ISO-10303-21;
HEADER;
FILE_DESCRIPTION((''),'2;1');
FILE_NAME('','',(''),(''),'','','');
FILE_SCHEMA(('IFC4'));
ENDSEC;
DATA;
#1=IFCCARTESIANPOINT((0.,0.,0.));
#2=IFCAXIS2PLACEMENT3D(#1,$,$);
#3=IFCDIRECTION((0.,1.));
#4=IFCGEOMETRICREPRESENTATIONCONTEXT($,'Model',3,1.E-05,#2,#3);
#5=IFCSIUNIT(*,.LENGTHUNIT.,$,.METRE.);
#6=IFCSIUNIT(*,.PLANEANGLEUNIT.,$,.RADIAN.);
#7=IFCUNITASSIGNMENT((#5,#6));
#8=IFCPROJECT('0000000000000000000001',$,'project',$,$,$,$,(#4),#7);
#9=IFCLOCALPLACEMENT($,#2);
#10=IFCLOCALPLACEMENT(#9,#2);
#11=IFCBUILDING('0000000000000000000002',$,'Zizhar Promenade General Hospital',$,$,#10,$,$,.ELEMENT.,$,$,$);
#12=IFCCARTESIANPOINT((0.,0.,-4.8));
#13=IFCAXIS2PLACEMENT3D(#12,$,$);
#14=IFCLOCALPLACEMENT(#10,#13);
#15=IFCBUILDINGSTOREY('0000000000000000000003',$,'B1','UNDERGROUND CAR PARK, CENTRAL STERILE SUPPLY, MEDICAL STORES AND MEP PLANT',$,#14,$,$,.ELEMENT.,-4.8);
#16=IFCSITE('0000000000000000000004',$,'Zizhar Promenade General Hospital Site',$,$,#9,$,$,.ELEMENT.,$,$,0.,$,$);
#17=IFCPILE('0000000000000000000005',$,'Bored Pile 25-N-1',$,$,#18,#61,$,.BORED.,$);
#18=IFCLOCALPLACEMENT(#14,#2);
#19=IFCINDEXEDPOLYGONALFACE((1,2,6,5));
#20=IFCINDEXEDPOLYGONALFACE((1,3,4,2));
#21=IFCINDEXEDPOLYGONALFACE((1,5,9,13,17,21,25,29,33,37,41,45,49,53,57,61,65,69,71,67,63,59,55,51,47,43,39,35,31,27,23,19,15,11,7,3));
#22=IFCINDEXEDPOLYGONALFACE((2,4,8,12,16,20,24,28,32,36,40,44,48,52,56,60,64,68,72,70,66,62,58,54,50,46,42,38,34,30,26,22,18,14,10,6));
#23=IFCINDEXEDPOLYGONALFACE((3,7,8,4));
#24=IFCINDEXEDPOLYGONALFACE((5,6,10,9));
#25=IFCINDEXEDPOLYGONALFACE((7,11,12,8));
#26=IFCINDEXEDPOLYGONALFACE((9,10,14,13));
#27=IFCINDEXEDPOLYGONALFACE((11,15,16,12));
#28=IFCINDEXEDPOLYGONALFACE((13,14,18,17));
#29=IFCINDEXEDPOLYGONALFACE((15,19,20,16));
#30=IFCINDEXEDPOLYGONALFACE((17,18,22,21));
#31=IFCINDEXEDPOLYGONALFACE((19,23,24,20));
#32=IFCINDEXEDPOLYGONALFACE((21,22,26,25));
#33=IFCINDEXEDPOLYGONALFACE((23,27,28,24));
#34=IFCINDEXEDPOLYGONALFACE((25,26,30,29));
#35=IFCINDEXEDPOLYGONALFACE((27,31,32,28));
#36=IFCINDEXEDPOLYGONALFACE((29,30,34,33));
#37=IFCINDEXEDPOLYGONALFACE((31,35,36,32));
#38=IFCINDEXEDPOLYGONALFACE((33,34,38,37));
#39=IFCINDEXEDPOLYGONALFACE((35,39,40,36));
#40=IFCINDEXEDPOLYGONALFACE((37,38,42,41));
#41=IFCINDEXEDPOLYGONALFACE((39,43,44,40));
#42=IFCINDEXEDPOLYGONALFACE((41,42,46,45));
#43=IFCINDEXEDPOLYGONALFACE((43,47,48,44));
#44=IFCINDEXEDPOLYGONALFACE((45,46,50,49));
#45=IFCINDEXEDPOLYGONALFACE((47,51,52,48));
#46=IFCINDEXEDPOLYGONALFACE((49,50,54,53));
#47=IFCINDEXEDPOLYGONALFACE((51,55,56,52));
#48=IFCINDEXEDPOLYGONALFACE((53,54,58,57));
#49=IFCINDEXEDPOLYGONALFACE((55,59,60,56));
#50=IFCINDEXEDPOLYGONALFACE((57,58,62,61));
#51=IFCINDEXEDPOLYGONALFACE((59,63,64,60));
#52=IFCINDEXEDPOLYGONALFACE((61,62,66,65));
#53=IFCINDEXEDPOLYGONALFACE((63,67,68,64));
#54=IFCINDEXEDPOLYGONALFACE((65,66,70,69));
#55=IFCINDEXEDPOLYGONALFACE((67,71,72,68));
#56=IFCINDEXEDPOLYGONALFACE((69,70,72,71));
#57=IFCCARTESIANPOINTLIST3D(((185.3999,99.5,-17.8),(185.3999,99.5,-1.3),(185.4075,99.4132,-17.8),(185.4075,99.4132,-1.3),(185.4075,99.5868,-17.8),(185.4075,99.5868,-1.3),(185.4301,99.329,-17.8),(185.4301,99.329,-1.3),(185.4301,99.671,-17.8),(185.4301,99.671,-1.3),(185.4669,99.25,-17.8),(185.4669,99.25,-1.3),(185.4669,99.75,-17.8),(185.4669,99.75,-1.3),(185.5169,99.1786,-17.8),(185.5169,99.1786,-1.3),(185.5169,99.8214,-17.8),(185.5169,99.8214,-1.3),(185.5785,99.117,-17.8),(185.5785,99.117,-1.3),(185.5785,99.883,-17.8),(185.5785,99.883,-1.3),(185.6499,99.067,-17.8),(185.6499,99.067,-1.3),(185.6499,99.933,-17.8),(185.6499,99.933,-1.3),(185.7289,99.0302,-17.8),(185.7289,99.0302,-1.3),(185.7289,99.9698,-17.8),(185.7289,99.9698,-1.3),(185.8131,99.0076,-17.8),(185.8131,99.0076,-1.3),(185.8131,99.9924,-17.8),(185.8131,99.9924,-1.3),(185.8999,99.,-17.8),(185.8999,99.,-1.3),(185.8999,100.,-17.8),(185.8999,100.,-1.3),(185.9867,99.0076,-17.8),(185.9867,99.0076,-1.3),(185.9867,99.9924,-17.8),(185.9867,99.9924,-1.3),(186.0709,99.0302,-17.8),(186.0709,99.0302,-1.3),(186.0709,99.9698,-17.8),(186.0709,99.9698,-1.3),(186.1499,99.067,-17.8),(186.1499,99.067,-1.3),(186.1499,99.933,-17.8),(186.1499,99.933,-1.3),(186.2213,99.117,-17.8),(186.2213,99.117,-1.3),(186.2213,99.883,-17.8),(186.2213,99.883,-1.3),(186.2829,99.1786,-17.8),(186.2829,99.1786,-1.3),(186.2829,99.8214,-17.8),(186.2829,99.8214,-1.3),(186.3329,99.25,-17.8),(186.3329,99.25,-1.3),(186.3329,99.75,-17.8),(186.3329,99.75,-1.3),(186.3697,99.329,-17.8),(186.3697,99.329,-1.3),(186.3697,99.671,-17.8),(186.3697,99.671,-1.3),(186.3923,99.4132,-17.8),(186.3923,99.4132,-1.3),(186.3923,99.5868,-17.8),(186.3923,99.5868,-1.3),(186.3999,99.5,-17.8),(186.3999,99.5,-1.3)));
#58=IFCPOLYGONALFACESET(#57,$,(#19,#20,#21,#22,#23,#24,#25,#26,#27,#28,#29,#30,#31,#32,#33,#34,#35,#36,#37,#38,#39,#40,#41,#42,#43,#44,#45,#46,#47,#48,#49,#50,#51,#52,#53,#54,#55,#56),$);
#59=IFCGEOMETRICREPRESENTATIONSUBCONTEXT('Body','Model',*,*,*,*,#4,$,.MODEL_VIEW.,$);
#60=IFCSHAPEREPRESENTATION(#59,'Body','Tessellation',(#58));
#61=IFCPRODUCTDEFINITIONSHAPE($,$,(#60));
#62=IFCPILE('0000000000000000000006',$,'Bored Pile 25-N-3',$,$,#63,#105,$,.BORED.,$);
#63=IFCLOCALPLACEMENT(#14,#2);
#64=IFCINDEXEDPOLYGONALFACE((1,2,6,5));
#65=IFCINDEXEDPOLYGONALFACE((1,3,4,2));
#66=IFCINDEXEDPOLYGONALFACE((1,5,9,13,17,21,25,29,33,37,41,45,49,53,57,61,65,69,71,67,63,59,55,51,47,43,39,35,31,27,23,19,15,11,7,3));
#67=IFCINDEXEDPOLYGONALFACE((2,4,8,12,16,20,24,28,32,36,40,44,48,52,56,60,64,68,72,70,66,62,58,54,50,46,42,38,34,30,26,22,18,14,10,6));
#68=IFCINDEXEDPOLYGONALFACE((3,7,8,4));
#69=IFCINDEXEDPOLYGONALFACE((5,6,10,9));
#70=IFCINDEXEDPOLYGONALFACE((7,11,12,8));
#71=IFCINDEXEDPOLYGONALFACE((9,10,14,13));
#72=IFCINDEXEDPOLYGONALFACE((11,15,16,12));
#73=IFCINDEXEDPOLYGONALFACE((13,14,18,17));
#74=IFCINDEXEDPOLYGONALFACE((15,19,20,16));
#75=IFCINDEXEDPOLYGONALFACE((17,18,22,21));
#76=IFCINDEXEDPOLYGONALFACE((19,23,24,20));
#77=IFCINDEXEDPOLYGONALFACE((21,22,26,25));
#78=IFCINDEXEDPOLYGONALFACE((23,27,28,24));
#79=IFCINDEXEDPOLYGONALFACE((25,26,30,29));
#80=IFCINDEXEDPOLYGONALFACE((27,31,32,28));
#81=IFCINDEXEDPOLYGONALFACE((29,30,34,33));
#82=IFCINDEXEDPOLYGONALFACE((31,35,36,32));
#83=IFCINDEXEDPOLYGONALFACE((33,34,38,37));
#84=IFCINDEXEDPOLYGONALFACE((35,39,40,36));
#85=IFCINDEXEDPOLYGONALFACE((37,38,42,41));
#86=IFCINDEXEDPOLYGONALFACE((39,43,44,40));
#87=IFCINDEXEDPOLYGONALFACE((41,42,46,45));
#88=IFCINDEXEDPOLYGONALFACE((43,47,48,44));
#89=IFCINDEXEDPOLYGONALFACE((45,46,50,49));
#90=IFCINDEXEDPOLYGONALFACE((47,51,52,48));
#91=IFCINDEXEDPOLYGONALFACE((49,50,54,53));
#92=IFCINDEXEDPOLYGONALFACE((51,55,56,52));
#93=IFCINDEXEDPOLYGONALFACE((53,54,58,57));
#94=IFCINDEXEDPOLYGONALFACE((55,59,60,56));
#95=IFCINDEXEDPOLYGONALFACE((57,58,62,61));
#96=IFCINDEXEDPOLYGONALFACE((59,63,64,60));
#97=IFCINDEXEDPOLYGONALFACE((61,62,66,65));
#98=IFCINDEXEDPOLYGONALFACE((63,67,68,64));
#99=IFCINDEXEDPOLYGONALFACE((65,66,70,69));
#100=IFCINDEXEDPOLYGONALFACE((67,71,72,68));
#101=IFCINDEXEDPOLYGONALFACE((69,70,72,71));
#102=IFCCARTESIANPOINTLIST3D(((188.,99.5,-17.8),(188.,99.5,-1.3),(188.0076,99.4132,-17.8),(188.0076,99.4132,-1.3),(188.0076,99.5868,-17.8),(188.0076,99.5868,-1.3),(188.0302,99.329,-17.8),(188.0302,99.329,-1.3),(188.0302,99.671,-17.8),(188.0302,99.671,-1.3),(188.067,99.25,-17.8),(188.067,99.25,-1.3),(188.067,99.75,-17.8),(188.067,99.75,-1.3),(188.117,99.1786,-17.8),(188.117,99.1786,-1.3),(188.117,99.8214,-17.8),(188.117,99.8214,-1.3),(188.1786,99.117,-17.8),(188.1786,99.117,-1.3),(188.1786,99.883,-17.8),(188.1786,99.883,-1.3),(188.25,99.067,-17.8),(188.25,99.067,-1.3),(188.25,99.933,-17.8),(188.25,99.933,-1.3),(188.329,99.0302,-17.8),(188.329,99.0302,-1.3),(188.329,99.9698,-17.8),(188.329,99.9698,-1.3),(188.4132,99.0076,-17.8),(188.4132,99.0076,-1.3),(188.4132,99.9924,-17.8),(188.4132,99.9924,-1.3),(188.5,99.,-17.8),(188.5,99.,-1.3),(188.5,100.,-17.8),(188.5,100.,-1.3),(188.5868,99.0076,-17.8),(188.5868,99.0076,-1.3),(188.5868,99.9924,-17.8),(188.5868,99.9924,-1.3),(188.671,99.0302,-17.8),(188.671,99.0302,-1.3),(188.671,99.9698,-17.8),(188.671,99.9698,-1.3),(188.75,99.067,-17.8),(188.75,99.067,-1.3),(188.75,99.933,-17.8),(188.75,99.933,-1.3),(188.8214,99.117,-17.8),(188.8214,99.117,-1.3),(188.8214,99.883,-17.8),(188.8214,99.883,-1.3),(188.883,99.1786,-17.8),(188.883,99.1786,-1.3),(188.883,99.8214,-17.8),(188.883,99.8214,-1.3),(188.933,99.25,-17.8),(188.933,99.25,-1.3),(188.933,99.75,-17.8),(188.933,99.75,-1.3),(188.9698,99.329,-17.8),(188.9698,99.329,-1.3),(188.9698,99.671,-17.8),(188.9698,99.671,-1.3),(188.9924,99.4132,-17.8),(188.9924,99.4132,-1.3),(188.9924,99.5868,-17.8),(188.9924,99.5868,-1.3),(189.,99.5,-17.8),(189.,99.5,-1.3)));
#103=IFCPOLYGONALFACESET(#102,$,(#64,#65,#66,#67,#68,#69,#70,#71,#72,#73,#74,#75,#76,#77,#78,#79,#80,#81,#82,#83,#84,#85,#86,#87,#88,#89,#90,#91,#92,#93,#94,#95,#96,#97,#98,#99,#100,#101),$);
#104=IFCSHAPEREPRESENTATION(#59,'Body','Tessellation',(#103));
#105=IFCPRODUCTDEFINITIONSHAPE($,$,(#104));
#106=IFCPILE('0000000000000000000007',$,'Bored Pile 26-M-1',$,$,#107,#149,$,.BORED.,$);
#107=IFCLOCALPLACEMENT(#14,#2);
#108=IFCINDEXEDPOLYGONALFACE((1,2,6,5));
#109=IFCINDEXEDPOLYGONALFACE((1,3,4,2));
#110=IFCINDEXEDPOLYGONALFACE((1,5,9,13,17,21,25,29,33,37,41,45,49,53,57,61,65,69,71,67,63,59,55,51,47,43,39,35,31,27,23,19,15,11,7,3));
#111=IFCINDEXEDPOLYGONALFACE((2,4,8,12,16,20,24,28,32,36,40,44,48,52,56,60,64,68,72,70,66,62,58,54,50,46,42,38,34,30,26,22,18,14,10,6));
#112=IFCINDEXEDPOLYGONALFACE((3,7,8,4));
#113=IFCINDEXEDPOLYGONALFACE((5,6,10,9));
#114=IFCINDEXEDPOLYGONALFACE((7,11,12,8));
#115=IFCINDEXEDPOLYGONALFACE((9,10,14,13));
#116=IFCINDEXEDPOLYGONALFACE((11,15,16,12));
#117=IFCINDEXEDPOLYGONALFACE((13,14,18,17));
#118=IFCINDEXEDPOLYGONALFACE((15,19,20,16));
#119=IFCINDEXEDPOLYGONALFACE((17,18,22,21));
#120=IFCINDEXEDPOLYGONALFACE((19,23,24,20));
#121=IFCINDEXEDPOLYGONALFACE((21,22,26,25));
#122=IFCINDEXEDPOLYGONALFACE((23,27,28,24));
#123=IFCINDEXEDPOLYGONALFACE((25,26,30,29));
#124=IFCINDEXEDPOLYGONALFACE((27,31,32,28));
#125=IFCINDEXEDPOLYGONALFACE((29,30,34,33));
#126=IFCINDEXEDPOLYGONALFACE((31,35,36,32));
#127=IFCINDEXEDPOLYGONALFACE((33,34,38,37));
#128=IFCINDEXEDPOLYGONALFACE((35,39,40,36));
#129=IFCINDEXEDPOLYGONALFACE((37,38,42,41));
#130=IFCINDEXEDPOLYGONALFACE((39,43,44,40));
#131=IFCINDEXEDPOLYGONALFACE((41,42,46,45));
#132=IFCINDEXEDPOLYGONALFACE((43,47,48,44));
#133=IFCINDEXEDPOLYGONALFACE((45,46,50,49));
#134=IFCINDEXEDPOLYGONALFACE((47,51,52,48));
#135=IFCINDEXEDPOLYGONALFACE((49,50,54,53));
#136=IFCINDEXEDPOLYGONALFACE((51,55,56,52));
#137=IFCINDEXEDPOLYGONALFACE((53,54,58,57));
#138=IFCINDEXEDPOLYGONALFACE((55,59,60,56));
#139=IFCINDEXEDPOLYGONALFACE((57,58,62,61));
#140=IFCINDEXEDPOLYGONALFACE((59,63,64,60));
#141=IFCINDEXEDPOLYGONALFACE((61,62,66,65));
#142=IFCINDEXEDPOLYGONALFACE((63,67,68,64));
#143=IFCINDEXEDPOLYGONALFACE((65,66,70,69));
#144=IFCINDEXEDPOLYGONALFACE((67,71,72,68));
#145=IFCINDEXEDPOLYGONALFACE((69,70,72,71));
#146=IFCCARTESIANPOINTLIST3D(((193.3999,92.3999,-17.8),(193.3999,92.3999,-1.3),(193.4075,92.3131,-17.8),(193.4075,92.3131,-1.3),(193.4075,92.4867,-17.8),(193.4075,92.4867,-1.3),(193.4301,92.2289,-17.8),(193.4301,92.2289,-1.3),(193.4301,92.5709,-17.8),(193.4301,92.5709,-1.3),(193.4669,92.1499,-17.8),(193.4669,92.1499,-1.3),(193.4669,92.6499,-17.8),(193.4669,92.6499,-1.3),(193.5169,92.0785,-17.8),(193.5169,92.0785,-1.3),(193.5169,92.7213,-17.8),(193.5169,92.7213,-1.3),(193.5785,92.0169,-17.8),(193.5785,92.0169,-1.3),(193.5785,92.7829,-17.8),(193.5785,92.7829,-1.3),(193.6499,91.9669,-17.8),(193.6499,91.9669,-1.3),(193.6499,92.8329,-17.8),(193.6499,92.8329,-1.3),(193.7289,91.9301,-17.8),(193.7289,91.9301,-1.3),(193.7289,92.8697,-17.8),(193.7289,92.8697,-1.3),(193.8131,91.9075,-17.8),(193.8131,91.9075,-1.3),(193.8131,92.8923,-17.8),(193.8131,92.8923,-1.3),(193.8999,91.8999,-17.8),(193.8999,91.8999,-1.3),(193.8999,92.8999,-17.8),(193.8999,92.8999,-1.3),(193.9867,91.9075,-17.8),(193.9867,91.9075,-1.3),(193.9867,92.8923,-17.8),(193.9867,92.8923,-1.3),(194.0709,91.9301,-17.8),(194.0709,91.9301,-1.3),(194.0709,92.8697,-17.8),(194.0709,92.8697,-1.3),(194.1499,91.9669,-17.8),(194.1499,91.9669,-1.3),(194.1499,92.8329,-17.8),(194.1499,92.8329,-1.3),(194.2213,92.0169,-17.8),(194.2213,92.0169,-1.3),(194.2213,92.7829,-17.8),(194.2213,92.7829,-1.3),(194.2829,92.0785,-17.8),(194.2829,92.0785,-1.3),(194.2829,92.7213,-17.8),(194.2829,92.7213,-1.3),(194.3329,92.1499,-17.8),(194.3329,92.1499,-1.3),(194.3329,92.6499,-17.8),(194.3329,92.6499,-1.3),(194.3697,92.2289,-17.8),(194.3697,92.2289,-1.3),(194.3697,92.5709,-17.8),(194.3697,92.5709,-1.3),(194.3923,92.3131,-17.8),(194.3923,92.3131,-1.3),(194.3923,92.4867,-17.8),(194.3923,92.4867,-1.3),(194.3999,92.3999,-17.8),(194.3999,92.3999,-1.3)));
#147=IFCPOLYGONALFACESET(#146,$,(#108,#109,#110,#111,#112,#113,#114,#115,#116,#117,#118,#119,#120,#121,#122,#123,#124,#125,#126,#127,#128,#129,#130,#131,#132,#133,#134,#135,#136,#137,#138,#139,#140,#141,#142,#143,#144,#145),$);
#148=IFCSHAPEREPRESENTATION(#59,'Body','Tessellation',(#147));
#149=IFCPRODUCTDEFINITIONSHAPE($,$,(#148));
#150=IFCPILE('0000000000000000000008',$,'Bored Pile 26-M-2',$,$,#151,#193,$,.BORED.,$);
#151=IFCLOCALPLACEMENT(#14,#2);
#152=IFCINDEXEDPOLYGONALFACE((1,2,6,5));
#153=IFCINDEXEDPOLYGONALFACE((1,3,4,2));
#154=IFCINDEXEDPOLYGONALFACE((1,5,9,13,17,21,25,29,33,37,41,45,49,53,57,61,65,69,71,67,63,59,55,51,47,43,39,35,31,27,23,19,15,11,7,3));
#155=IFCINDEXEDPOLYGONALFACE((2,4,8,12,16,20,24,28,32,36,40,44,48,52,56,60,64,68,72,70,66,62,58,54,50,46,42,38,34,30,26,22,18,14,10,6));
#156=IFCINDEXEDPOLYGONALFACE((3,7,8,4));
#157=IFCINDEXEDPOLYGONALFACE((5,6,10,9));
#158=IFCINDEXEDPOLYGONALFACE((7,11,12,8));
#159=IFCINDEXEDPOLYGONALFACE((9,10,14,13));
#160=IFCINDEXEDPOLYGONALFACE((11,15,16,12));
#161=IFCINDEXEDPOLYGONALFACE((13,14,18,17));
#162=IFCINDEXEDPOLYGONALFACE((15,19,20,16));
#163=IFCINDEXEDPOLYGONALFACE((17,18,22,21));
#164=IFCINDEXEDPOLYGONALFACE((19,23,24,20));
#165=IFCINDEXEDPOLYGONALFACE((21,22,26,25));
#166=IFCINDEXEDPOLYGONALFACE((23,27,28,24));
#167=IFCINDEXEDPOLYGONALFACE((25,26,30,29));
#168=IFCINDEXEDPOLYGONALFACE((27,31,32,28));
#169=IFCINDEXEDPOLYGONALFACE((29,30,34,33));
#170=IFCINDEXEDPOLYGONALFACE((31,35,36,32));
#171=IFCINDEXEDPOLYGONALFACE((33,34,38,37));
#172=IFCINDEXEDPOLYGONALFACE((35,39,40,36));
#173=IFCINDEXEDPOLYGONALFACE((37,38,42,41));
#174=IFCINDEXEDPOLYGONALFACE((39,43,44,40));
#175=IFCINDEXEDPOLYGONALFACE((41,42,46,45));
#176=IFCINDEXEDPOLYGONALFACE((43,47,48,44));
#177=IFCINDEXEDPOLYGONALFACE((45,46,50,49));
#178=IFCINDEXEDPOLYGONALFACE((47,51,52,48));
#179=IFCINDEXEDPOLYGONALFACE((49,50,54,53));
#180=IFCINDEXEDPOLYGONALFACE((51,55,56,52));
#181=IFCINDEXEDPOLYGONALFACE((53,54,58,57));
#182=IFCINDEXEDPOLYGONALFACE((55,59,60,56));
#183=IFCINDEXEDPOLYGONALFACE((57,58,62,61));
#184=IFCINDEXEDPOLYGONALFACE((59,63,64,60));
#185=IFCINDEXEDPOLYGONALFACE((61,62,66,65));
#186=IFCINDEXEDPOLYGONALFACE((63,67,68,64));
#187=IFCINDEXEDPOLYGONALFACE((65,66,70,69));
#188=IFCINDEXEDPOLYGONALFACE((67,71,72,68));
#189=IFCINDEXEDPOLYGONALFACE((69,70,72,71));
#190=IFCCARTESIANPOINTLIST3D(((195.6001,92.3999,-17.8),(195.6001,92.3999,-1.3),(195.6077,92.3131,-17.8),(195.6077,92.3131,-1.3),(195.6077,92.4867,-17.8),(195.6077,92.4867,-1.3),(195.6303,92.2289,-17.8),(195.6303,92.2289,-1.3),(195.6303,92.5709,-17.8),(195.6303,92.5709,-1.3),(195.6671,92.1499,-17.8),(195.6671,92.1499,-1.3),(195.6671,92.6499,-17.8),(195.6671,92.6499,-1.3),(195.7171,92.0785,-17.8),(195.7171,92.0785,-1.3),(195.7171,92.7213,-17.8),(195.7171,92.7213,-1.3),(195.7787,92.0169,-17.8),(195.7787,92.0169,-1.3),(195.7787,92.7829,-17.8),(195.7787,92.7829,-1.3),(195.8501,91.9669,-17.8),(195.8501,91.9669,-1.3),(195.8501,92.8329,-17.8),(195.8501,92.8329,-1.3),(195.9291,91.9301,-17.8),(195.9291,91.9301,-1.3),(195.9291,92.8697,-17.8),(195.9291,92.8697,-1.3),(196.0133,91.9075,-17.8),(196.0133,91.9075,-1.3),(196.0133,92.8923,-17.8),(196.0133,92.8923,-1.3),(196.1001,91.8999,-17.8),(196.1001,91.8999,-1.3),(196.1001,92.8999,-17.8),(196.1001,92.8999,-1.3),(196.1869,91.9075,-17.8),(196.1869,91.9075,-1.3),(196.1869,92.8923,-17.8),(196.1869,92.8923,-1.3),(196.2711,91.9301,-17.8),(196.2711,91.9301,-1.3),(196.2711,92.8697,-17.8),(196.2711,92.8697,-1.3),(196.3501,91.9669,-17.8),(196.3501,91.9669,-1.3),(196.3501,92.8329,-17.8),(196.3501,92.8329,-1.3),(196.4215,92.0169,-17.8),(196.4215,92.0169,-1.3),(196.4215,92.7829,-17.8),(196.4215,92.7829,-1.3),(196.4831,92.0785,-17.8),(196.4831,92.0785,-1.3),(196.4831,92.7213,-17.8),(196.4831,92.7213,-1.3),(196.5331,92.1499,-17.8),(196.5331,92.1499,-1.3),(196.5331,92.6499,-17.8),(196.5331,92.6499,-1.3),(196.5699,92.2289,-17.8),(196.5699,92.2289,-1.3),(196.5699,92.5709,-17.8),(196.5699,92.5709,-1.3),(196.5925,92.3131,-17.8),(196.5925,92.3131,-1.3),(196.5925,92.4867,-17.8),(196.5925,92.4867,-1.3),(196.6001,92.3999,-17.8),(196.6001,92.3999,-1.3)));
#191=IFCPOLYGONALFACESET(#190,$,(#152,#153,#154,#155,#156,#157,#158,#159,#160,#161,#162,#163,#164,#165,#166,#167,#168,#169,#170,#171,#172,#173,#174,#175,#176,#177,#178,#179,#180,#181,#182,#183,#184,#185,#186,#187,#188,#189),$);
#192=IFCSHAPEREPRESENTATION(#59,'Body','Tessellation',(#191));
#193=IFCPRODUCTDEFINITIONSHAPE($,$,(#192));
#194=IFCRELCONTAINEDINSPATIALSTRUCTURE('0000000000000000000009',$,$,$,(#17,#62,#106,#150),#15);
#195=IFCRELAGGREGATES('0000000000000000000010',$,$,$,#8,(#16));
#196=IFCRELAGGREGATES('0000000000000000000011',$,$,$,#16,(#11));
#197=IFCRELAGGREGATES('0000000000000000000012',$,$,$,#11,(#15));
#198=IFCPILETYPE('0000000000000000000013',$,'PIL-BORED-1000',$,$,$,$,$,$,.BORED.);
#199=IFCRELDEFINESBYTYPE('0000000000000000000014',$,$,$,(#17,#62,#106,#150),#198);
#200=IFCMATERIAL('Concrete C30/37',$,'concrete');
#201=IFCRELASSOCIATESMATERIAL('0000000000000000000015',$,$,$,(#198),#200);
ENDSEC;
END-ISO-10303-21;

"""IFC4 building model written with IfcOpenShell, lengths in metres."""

from ifc_helpers import new_model, si_unit, direction, frame, origin, origin_2d, place, context, subcontext, project, spatial, circle, extrude, material, material_profile, profile_set, type_object, element, save


model = new_model("IFC4")

# Units and contexts
model_context = context("Model", 3, precision=1e-05, world=origin(), true_north=direction((0.0, 1.0)))
body_context = subcontext(model_context, "Body", "Model", "MODEL_VIEW")
ifc_project = project(units=[si_unit("LENGTHUNIT", "METRE"), si_unit("PLANEANGLEUNIT", "RADIAN")], contexts=[model_context])

# Site, building, storey
site_placement = place(None, origin())
site = spatial("IfcSite", under=ifc_project, at=site_placement, Name="Zizhar Promenade General Hospital Site", CompositionType="ELEMENT", RefElevation=0.0)
building_placement = place(site_placement, origin())
building = spatial("IfcBuilding", under=site, at=building_placement, Name="Zizhar Promenade General Hospital", CompositionType="ELEMENT")
storey_placement = place(building_placement, frame((0.0, 0.0, -4.8)))
storey = spatial("IfcBuildingStorey", under=building, at=storey_placement, Name="B1", Description="UNDERGROUND CAR PARK, CENTRAL STERILE SUPPLY, MEDICAL STORES AND MEP PLANT", CompositionType="ELEMENT", Elevation=-4.8)

# Piles
ifc_material_1 = material(Name="Concrete C30/37", Category="concrete")
ifc_material_profile_1 = material_profile(ifc_material_1, circle(Radius=0.5, at=origin_2d()))
ifc_profile_set_1 = profile_set([ifc_material_profile_1], Name="Concrete C30/37")
pile_type = type_object("IfcPileType", Name="PIL-BORED-1000", PredefinedType="BORED", material=ifc_profile_set_1)
for number, where, z_axis, x_axis, name in (
    (1, (185.8999, 99.5, -1.3), (0.0, 0.0, -1.0), (1.0, 0.0, 0.0), "Bored Pile 25-N-1"),
    (2, (188.5, 99.5, -1.3), (0.0, 0.0, -1.0), (1.0, 0.0, 0.0), "Bored Pile 25-N-3"),
    (3, (193.8999, 92.3999, -1.3), (0.0, 0.0, -1.0), (1.0, 0.0, 0.0), "Bored Pile 26-M-1"),
    (4, (196.1001, 92.3999, -1.3), (0.0, 0.0, -1.0), (1.0, 0.0, 0.0), "Bored Pile 26-M-2"),
):
    element("IfcPile", number, at=place(storey_placement, frame(where, z_axis=z_axis, x_axis=x_axis)), inside=storey, type_object=pile_type, Name=name, PredefinedType="BORED", context=body_context, shape_type="SweptSolid", body=[
        extrude(circle(Radius=0.5, at=origin_2d()), origin(), (0.0, 0.0, 1.0), 16.5),
    ])

save(model, "model.ifc")
